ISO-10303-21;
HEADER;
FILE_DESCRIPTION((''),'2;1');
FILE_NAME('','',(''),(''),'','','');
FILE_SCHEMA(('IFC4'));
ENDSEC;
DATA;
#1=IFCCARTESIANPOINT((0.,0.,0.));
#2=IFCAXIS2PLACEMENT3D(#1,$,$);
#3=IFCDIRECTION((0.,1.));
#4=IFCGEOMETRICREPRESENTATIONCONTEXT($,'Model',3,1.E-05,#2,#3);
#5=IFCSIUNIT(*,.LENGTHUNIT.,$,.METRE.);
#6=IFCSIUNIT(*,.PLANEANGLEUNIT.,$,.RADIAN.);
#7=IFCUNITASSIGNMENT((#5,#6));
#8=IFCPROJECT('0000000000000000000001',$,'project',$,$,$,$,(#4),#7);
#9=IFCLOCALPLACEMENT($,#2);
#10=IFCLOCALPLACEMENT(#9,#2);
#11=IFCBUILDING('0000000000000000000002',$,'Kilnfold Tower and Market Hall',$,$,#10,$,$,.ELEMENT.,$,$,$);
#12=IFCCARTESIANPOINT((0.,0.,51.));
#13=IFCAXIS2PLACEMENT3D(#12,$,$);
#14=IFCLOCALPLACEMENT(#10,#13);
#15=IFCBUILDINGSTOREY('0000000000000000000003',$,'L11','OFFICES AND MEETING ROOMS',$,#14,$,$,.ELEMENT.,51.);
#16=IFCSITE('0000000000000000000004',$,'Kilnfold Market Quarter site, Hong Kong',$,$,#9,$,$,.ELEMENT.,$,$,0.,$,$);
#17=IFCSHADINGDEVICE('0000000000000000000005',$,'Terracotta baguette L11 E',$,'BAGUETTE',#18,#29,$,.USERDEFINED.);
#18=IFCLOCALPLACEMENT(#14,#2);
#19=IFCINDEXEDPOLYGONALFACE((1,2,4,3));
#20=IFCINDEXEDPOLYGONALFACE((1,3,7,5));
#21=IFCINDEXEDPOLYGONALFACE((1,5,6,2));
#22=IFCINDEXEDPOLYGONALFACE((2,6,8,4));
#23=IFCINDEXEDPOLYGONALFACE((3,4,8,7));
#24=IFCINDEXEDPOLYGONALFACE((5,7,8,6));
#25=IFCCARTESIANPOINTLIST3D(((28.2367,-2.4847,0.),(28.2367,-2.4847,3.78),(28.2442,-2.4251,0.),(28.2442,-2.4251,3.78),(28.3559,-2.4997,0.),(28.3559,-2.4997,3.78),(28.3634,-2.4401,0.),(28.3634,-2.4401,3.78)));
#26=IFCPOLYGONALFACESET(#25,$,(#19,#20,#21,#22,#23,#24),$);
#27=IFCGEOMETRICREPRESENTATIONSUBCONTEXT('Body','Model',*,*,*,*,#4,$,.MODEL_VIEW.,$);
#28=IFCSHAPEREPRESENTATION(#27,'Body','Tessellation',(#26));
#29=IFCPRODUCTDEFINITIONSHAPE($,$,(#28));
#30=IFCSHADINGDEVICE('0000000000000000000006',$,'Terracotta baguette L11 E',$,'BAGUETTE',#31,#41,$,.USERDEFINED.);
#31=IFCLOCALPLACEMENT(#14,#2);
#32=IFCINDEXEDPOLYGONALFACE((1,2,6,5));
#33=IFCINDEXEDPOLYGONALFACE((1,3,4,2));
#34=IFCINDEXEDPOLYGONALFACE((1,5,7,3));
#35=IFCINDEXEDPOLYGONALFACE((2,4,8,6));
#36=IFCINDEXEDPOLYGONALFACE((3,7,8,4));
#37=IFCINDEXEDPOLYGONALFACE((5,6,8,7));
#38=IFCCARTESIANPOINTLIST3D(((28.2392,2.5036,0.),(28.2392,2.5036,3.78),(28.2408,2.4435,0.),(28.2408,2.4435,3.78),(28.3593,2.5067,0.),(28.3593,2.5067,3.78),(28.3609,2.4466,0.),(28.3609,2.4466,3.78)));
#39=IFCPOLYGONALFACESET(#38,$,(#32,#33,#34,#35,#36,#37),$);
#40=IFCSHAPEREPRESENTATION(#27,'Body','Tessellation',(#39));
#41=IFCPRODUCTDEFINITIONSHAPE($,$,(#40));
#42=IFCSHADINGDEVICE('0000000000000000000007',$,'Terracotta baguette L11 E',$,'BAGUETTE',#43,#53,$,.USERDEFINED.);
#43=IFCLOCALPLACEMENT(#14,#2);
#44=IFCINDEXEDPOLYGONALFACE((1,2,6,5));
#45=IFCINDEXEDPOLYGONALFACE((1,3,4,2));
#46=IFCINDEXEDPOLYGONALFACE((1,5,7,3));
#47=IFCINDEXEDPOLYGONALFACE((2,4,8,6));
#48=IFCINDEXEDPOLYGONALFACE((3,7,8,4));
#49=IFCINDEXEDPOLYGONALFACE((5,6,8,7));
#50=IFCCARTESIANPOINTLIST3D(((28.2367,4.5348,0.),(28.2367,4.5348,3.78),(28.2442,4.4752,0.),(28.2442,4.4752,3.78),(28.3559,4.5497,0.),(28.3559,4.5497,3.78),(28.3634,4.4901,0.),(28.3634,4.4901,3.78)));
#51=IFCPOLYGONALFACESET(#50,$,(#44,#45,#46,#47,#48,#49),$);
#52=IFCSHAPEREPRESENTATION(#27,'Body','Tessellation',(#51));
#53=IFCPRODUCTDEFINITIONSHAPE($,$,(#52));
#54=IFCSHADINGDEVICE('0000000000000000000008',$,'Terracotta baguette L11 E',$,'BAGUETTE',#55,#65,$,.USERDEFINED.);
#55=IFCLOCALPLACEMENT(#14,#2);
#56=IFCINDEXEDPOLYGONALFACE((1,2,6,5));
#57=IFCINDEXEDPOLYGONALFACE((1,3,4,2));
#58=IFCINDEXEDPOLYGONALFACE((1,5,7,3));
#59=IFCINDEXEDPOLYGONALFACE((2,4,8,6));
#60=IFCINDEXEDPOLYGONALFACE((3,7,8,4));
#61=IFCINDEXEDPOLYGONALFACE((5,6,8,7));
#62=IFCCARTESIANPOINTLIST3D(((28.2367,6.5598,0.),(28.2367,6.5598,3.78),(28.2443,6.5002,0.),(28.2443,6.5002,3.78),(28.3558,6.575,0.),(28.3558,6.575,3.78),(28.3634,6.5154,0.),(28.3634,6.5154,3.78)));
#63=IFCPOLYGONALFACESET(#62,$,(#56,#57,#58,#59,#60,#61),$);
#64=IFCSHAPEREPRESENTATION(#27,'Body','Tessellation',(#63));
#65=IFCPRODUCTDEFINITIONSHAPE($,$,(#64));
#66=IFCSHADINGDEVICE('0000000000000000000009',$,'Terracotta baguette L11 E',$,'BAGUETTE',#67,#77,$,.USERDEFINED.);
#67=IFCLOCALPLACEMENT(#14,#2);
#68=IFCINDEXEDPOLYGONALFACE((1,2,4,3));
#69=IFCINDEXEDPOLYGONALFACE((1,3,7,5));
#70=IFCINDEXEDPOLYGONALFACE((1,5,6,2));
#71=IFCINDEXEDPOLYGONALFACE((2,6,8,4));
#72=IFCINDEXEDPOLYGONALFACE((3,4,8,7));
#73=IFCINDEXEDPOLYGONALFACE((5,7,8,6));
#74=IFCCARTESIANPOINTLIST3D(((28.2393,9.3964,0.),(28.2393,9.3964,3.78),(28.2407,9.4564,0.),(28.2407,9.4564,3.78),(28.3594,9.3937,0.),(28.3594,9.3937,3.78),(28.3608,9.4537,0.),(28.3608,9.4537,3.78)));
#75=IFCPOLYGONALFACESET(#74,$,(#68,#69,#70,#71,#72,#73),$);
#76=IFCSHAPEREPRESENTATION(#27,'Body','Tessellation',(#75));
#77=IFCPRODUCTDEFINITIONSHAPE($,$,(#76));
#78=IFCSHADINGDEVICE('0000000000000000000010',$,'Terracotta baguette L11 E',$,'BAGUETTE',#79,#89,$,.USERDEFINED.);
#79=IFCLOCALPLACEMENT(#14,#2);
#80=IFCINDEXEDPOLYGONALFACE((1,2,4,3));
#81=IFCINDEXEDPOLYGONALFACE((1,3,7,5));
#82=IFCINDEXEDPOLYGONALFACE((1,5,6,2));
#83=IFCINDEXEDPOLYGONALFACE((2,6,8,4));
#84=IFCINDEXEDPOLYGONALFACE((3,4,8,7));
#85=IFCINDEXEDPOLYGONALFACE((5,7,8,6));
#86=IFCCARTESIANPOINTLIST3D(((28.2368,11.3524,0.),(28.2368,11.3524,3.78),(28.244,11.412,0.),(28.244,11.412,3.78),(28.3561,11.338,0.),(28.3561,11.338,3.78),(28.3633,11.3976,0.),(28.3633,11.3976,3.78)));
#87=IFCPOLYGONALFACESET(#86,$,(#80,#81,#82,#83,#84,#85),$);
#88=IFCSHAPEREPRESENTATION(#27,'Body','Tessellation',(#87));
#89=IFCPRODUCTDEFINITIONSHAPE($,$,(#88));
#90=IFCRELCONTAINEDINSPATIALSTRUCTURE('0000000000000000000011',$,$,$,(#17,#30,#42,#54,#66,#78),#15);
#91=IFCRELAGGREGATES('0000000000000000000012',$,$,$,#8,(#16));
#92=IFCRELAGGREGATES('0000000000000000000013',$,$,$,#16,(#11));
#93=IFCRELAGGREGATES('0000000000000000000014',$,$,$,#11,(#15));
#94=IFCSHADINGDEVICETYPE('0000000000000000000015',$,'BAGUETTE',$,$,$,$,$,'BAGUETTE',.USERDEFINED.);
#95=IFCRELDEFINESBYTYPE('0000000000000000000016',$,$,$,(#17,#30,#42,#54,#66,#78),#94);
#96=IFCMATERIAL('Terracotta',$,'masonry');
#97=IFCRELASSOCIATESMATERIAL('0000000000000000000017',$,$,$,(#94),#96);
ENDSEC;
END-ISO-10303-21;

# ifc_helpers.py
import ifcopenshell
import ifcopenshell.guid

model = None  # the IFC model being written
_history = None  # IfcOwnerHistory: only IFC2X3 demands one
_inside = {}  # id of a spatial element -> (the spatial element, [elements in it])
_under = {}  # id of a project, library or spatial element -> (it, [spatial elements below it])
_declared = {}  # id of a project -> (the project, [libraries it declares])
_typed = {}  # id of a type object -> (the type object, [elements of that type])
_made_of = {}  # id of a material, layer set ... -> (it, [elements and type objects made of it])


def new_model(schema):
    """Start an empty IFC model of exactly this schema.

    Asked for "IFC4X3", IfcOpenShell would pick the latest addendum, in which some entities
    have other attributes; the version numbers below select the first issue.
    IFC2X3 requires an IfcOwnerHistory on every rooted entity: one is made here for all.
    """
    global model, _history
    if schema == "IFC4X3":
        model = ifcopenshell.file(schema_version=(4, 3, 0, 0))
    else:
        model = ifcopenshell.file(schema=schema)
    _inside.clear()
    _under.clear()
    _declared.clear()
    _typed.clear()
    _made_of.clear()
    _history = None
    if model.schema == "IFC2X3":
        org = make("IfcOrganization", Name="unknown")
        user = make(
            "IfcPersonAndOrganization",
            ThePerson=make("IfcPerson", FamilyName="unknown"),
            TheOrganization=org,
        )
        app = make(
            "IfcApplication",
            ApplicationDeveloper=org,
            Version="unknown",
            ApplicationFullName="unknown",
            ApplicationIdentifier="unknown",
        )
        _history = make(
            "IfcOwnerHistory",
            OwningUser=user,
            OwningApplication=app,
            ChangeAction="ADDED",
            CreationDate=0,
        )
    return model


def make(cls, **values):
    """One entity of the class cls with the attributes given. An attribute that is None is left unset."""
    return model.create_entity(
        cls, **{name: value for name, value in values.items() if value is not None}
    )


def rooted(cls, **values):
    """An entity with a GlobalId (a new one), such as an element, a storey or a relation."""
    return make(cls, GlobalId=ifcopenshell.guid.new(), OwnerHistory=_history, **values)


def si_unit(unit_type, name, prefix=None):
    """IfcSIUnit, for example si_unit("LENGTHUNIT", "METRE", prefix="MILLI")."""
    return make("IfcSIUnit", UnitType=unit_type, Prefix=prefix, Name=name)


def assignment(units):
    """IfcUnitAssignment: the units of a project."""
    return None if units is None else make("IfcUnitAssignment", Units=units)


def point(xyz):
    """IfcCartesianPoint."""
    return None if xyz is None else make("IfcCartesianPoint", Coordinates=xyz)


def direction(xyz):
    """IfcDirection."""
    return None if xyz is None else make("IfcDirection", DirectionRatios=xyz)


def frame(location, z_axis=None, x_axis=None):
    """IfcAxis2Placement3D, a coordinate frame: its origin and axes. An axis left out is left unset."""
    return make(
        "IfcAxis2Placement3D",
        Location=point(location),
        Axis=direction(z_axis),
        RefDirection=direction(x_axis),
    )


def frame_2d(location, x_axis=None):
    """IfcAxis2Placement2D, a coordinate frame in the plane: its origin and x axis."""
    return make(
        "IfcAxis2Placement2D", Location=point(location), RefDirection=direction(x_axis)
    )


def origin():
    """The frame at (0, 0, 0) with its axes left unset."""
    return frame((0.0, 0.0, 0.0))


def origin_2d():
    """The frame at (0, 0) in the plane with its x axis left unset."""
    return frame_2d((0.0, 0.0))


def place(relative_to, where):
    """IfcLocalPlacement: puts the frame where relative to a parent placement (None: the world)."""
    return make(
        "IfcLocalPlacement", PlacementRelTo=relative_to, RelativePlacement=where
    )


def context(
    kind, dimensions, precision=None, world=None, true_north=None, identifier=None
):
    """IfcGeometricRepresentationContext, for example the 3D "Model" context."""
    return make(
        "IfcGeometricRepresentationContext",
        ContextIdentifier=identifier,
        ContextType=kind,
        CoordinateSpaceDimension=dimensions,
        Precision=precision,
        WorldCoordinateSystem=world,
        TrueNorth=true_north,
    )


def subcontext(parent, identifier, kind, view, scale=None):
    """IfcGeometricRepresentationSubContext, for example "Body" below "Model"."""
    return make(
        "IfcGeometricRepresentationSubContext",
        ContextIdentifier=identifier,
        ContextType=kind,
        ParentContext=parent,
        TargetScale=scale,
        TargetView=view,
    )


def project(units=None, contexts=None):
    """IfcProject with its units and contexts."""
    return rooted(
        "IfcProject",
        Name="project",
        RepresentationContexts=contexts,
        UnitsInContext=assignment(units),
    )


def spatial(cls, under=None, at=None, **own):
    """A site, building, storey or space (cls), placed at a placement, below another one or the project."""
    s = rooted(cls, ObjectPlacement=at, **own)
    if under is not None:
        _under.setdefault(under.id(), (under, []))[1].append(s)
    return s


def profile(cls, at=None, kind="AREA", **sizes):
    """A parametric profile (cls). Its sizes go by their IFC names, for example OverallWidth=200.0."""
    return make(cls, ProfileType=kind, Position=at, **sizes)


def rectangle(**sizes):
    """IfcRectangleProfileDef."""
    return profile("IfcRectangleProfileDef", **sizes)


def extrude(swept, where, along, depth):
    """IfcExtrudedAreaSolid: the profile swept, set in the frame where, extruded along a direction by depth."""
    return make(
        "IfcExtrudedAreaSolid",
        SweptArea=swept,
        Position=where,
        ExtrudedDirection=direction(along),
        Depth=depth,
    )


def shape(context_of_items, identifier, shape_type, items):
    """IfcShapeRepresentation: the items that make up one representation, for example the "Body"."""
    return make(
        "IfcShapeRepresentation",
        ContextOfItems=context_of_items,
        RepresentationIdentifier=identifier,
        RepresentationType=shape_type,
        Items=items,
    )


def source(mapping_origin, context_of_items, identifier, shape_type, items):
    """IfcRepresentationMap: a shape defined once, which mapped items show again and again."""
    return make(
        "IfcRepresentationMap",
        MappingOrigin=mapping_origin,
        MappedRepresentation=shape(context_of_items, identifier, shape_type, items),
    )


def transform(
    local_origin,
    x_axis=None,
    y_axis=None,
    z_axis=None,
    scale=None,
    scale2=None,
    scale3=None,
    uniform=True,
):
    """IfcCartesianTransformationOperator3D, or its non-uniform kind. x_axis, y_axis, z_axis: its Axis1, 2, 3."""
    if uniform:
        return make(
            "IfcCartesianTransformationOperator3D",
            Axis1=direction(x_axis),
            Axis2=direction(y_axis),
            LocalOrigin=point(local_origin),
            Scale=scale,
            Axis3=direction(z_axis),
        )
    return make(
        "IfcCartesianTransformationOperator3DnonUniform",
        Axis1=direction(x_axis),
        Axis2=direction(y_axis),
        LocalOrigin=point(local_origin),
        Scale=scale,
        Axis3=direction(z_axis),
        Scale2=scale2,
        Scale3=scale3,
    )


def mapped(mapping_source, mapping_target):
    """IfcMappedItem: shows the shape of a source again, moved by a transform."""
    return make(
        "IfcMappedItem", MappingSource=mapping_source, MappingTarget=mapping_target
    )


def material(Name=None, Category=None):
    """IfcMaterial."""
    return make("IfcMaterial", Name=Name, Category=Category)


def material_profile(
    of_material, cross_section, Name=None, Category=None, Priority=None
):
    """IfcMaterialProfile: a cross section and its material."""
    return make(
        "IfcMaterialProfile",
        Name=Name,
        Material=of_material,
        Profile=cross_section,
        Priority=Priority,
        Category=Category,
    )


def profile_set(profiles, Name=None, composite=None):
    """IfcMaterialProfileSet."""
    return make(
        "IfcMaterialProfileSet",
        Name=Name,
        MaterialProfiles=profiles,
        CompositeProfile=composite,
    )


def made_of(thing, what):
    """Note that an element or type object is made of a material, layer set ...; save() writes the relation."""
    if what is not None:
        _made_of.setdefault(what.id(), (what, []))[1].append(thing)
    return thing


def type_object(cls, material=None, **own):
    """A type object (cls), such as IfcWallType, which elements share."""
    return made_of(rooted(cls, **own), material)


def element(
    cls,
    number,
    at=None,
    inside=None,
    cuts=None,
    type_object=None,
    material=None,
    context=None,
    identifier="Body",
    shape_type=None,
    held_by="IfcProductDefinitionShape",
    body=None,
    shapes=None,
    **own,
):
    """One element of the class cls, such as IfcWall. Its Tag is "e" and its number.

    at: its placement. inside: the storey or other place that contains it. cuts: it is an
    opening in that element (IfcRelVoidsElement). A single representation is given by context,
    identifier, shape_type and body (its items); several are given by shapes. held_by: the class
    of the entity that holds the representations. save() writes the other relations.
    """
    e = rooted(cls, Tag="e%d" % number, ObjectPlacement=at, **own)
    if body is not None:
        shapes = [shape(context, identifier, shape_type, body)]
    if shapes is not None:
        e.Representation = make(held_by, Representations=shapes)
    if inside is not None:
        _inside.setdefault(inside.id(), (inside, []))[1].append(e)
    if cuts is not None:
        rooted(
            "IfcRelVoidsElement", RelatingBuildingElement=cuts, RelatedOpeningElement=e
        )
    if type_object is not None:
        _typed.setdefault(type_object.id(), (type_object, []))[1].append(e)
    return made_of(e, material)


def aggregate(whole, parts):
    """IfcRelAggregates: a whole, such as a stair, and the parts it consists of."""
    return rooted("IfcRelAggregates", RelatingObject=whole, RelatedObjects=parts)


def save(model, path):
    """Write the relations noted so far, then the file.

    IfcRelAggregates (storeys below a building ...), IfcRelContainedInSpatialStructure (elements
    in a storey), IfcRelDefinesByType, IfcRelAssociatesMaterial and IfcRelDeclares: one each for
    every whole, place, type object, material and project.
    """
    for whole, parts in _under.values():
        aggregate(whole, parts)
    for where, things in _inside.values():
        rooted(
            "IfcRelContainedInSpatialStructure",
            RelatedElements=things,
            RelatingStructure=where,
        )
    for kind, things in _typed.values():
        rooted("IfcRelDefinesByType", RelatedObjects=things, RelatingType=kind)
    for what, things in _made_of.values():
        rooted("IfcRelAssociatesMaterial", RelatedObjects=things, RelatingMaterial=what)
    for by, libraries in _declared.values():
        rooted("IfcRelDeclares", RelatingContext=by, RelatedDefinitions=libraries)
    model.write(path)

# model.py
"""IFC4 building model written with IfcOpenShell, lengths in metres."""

from ifc_helpers import new_model, si_unit, direction, frame, origin, origin_2d, place, context, subcontext, project, spatial, rectangle, extrude, source, transform, mapped, material, material_profile, profile_set, type_object, element, save


model = new_model("IFC4")

# Units and contexts
model_context = context("Model", 3, precision=1e-05, world=origin(), true_north=direction((0.0, 1.0)))
body_context = subcontext(model_context, "Body", "Model", "MODEL_VIEW")
ifc_project = project(units=[si_unit("LENGTHUNIT", "METRE"), si_unit("PLANEANGLEUNIT", "RADIAN")], contexts=[model_context])

# Site, building, storey
site_placement = place(None, origin())
site = spatial("IfcSite", under=ifc_project, at=site_placement, Name="Kilnfold Market Quarter site, Hong Kong", CompositionType="ELEMENT", RefElevation=0.0)
building_placement = place(site_placement, origin())
building = spatial("IfcBuilding", under=site, at=building_placement, Name="Kilnfold Tower and Market Hall", CompositionType="ELEMENT")
storey_placement = place(building_placement, frame((0.0, 0.0, 51.0)))
storey = spatial("IfcBuildingStorey", under=building, at=storey_placement, Name="L11", Description="OFFICES AND MEETING ROOMS", CompositionType="ELEMENT", Elevation=51.0)

# Shading devices
ifc_material_1 = material(Name="Terracotta", Category="masonry")
ifc_material_profile_1 = material_profile(ifc_material_1, rectangle(XDim=0.0601, YDim=0.1201, at=origin_2d()), Name="BAG 60x120")
ifc_profile_set_1 = profile_set([ifc_material_profile_1], Name="Terracotta")
shading_device_type = type_object("IfcShadingDeviceType", Name="BAGUETTE", ElementType="BAGUETTE", PredefinedType="USERDEFINED", material=ifc_profile_set_1)
shared_shape_1 = source(origin(), body_context, "Body", "SweptSolid", [
    extrude(rectangle(XDim=0.0601, YDim=0.1201, at=origin_2d()), origin(), (0.0, 0.0, 1.0), 3.78),
])
for number, where, z_axis, x_axis, name in (
    (1, (28.3, -2.4624, 0.0), (0.0, 0.0, 1.0), (0.124738, 0.99219, 0.0), "Terracotta baguette L11 E"),
    (2, (28.3, 2.4751, 0.0), (0.0, 0.0, 1.0), (-0.025591, 0.999673, 0.0), "Terracotta baguette L11 E"),
    (3, (28.3, 4.5125, 0.0), (0.0, 0.0, 1.0), (-0.124038, 0.992277, 0.0), "Terracotta baguette L11 E"),
    (4, (28.3, 6.5376, 0.0), (0.0, 0.0, 1.0), (-0.12618, 0.992007, 0.0), "Terracotta baguette L11 E"),
    (5, (28.3, 9.425, 0.0), (0.0, 0.0, 1.0), (0.022506, 0.999747, 0.0), "Terracotta baguette L11 E"),
    (6, (28.3, 11.375, 0.0), (0.0, 0.0, 1.0), (0.119917, 0.992784, 0.0), "Terracotta baguette L11 E"),
):
    element("IfcShadingDevice", number, at=place(storey_placement, frame(where, z_axis=z_axis, x_axis=x_axis)), inside=storey, type_object=shading_device_type, Name=name, ObjectType="BAGUETTE", PredefinedType="USERDEFINED", context=body_context, shape_type="MappedRepresentation", body=[
        mapped(shared_shape_1, transform((0.0, 0.0, 0.0))),
    ])

save(model, "model.ifc")
